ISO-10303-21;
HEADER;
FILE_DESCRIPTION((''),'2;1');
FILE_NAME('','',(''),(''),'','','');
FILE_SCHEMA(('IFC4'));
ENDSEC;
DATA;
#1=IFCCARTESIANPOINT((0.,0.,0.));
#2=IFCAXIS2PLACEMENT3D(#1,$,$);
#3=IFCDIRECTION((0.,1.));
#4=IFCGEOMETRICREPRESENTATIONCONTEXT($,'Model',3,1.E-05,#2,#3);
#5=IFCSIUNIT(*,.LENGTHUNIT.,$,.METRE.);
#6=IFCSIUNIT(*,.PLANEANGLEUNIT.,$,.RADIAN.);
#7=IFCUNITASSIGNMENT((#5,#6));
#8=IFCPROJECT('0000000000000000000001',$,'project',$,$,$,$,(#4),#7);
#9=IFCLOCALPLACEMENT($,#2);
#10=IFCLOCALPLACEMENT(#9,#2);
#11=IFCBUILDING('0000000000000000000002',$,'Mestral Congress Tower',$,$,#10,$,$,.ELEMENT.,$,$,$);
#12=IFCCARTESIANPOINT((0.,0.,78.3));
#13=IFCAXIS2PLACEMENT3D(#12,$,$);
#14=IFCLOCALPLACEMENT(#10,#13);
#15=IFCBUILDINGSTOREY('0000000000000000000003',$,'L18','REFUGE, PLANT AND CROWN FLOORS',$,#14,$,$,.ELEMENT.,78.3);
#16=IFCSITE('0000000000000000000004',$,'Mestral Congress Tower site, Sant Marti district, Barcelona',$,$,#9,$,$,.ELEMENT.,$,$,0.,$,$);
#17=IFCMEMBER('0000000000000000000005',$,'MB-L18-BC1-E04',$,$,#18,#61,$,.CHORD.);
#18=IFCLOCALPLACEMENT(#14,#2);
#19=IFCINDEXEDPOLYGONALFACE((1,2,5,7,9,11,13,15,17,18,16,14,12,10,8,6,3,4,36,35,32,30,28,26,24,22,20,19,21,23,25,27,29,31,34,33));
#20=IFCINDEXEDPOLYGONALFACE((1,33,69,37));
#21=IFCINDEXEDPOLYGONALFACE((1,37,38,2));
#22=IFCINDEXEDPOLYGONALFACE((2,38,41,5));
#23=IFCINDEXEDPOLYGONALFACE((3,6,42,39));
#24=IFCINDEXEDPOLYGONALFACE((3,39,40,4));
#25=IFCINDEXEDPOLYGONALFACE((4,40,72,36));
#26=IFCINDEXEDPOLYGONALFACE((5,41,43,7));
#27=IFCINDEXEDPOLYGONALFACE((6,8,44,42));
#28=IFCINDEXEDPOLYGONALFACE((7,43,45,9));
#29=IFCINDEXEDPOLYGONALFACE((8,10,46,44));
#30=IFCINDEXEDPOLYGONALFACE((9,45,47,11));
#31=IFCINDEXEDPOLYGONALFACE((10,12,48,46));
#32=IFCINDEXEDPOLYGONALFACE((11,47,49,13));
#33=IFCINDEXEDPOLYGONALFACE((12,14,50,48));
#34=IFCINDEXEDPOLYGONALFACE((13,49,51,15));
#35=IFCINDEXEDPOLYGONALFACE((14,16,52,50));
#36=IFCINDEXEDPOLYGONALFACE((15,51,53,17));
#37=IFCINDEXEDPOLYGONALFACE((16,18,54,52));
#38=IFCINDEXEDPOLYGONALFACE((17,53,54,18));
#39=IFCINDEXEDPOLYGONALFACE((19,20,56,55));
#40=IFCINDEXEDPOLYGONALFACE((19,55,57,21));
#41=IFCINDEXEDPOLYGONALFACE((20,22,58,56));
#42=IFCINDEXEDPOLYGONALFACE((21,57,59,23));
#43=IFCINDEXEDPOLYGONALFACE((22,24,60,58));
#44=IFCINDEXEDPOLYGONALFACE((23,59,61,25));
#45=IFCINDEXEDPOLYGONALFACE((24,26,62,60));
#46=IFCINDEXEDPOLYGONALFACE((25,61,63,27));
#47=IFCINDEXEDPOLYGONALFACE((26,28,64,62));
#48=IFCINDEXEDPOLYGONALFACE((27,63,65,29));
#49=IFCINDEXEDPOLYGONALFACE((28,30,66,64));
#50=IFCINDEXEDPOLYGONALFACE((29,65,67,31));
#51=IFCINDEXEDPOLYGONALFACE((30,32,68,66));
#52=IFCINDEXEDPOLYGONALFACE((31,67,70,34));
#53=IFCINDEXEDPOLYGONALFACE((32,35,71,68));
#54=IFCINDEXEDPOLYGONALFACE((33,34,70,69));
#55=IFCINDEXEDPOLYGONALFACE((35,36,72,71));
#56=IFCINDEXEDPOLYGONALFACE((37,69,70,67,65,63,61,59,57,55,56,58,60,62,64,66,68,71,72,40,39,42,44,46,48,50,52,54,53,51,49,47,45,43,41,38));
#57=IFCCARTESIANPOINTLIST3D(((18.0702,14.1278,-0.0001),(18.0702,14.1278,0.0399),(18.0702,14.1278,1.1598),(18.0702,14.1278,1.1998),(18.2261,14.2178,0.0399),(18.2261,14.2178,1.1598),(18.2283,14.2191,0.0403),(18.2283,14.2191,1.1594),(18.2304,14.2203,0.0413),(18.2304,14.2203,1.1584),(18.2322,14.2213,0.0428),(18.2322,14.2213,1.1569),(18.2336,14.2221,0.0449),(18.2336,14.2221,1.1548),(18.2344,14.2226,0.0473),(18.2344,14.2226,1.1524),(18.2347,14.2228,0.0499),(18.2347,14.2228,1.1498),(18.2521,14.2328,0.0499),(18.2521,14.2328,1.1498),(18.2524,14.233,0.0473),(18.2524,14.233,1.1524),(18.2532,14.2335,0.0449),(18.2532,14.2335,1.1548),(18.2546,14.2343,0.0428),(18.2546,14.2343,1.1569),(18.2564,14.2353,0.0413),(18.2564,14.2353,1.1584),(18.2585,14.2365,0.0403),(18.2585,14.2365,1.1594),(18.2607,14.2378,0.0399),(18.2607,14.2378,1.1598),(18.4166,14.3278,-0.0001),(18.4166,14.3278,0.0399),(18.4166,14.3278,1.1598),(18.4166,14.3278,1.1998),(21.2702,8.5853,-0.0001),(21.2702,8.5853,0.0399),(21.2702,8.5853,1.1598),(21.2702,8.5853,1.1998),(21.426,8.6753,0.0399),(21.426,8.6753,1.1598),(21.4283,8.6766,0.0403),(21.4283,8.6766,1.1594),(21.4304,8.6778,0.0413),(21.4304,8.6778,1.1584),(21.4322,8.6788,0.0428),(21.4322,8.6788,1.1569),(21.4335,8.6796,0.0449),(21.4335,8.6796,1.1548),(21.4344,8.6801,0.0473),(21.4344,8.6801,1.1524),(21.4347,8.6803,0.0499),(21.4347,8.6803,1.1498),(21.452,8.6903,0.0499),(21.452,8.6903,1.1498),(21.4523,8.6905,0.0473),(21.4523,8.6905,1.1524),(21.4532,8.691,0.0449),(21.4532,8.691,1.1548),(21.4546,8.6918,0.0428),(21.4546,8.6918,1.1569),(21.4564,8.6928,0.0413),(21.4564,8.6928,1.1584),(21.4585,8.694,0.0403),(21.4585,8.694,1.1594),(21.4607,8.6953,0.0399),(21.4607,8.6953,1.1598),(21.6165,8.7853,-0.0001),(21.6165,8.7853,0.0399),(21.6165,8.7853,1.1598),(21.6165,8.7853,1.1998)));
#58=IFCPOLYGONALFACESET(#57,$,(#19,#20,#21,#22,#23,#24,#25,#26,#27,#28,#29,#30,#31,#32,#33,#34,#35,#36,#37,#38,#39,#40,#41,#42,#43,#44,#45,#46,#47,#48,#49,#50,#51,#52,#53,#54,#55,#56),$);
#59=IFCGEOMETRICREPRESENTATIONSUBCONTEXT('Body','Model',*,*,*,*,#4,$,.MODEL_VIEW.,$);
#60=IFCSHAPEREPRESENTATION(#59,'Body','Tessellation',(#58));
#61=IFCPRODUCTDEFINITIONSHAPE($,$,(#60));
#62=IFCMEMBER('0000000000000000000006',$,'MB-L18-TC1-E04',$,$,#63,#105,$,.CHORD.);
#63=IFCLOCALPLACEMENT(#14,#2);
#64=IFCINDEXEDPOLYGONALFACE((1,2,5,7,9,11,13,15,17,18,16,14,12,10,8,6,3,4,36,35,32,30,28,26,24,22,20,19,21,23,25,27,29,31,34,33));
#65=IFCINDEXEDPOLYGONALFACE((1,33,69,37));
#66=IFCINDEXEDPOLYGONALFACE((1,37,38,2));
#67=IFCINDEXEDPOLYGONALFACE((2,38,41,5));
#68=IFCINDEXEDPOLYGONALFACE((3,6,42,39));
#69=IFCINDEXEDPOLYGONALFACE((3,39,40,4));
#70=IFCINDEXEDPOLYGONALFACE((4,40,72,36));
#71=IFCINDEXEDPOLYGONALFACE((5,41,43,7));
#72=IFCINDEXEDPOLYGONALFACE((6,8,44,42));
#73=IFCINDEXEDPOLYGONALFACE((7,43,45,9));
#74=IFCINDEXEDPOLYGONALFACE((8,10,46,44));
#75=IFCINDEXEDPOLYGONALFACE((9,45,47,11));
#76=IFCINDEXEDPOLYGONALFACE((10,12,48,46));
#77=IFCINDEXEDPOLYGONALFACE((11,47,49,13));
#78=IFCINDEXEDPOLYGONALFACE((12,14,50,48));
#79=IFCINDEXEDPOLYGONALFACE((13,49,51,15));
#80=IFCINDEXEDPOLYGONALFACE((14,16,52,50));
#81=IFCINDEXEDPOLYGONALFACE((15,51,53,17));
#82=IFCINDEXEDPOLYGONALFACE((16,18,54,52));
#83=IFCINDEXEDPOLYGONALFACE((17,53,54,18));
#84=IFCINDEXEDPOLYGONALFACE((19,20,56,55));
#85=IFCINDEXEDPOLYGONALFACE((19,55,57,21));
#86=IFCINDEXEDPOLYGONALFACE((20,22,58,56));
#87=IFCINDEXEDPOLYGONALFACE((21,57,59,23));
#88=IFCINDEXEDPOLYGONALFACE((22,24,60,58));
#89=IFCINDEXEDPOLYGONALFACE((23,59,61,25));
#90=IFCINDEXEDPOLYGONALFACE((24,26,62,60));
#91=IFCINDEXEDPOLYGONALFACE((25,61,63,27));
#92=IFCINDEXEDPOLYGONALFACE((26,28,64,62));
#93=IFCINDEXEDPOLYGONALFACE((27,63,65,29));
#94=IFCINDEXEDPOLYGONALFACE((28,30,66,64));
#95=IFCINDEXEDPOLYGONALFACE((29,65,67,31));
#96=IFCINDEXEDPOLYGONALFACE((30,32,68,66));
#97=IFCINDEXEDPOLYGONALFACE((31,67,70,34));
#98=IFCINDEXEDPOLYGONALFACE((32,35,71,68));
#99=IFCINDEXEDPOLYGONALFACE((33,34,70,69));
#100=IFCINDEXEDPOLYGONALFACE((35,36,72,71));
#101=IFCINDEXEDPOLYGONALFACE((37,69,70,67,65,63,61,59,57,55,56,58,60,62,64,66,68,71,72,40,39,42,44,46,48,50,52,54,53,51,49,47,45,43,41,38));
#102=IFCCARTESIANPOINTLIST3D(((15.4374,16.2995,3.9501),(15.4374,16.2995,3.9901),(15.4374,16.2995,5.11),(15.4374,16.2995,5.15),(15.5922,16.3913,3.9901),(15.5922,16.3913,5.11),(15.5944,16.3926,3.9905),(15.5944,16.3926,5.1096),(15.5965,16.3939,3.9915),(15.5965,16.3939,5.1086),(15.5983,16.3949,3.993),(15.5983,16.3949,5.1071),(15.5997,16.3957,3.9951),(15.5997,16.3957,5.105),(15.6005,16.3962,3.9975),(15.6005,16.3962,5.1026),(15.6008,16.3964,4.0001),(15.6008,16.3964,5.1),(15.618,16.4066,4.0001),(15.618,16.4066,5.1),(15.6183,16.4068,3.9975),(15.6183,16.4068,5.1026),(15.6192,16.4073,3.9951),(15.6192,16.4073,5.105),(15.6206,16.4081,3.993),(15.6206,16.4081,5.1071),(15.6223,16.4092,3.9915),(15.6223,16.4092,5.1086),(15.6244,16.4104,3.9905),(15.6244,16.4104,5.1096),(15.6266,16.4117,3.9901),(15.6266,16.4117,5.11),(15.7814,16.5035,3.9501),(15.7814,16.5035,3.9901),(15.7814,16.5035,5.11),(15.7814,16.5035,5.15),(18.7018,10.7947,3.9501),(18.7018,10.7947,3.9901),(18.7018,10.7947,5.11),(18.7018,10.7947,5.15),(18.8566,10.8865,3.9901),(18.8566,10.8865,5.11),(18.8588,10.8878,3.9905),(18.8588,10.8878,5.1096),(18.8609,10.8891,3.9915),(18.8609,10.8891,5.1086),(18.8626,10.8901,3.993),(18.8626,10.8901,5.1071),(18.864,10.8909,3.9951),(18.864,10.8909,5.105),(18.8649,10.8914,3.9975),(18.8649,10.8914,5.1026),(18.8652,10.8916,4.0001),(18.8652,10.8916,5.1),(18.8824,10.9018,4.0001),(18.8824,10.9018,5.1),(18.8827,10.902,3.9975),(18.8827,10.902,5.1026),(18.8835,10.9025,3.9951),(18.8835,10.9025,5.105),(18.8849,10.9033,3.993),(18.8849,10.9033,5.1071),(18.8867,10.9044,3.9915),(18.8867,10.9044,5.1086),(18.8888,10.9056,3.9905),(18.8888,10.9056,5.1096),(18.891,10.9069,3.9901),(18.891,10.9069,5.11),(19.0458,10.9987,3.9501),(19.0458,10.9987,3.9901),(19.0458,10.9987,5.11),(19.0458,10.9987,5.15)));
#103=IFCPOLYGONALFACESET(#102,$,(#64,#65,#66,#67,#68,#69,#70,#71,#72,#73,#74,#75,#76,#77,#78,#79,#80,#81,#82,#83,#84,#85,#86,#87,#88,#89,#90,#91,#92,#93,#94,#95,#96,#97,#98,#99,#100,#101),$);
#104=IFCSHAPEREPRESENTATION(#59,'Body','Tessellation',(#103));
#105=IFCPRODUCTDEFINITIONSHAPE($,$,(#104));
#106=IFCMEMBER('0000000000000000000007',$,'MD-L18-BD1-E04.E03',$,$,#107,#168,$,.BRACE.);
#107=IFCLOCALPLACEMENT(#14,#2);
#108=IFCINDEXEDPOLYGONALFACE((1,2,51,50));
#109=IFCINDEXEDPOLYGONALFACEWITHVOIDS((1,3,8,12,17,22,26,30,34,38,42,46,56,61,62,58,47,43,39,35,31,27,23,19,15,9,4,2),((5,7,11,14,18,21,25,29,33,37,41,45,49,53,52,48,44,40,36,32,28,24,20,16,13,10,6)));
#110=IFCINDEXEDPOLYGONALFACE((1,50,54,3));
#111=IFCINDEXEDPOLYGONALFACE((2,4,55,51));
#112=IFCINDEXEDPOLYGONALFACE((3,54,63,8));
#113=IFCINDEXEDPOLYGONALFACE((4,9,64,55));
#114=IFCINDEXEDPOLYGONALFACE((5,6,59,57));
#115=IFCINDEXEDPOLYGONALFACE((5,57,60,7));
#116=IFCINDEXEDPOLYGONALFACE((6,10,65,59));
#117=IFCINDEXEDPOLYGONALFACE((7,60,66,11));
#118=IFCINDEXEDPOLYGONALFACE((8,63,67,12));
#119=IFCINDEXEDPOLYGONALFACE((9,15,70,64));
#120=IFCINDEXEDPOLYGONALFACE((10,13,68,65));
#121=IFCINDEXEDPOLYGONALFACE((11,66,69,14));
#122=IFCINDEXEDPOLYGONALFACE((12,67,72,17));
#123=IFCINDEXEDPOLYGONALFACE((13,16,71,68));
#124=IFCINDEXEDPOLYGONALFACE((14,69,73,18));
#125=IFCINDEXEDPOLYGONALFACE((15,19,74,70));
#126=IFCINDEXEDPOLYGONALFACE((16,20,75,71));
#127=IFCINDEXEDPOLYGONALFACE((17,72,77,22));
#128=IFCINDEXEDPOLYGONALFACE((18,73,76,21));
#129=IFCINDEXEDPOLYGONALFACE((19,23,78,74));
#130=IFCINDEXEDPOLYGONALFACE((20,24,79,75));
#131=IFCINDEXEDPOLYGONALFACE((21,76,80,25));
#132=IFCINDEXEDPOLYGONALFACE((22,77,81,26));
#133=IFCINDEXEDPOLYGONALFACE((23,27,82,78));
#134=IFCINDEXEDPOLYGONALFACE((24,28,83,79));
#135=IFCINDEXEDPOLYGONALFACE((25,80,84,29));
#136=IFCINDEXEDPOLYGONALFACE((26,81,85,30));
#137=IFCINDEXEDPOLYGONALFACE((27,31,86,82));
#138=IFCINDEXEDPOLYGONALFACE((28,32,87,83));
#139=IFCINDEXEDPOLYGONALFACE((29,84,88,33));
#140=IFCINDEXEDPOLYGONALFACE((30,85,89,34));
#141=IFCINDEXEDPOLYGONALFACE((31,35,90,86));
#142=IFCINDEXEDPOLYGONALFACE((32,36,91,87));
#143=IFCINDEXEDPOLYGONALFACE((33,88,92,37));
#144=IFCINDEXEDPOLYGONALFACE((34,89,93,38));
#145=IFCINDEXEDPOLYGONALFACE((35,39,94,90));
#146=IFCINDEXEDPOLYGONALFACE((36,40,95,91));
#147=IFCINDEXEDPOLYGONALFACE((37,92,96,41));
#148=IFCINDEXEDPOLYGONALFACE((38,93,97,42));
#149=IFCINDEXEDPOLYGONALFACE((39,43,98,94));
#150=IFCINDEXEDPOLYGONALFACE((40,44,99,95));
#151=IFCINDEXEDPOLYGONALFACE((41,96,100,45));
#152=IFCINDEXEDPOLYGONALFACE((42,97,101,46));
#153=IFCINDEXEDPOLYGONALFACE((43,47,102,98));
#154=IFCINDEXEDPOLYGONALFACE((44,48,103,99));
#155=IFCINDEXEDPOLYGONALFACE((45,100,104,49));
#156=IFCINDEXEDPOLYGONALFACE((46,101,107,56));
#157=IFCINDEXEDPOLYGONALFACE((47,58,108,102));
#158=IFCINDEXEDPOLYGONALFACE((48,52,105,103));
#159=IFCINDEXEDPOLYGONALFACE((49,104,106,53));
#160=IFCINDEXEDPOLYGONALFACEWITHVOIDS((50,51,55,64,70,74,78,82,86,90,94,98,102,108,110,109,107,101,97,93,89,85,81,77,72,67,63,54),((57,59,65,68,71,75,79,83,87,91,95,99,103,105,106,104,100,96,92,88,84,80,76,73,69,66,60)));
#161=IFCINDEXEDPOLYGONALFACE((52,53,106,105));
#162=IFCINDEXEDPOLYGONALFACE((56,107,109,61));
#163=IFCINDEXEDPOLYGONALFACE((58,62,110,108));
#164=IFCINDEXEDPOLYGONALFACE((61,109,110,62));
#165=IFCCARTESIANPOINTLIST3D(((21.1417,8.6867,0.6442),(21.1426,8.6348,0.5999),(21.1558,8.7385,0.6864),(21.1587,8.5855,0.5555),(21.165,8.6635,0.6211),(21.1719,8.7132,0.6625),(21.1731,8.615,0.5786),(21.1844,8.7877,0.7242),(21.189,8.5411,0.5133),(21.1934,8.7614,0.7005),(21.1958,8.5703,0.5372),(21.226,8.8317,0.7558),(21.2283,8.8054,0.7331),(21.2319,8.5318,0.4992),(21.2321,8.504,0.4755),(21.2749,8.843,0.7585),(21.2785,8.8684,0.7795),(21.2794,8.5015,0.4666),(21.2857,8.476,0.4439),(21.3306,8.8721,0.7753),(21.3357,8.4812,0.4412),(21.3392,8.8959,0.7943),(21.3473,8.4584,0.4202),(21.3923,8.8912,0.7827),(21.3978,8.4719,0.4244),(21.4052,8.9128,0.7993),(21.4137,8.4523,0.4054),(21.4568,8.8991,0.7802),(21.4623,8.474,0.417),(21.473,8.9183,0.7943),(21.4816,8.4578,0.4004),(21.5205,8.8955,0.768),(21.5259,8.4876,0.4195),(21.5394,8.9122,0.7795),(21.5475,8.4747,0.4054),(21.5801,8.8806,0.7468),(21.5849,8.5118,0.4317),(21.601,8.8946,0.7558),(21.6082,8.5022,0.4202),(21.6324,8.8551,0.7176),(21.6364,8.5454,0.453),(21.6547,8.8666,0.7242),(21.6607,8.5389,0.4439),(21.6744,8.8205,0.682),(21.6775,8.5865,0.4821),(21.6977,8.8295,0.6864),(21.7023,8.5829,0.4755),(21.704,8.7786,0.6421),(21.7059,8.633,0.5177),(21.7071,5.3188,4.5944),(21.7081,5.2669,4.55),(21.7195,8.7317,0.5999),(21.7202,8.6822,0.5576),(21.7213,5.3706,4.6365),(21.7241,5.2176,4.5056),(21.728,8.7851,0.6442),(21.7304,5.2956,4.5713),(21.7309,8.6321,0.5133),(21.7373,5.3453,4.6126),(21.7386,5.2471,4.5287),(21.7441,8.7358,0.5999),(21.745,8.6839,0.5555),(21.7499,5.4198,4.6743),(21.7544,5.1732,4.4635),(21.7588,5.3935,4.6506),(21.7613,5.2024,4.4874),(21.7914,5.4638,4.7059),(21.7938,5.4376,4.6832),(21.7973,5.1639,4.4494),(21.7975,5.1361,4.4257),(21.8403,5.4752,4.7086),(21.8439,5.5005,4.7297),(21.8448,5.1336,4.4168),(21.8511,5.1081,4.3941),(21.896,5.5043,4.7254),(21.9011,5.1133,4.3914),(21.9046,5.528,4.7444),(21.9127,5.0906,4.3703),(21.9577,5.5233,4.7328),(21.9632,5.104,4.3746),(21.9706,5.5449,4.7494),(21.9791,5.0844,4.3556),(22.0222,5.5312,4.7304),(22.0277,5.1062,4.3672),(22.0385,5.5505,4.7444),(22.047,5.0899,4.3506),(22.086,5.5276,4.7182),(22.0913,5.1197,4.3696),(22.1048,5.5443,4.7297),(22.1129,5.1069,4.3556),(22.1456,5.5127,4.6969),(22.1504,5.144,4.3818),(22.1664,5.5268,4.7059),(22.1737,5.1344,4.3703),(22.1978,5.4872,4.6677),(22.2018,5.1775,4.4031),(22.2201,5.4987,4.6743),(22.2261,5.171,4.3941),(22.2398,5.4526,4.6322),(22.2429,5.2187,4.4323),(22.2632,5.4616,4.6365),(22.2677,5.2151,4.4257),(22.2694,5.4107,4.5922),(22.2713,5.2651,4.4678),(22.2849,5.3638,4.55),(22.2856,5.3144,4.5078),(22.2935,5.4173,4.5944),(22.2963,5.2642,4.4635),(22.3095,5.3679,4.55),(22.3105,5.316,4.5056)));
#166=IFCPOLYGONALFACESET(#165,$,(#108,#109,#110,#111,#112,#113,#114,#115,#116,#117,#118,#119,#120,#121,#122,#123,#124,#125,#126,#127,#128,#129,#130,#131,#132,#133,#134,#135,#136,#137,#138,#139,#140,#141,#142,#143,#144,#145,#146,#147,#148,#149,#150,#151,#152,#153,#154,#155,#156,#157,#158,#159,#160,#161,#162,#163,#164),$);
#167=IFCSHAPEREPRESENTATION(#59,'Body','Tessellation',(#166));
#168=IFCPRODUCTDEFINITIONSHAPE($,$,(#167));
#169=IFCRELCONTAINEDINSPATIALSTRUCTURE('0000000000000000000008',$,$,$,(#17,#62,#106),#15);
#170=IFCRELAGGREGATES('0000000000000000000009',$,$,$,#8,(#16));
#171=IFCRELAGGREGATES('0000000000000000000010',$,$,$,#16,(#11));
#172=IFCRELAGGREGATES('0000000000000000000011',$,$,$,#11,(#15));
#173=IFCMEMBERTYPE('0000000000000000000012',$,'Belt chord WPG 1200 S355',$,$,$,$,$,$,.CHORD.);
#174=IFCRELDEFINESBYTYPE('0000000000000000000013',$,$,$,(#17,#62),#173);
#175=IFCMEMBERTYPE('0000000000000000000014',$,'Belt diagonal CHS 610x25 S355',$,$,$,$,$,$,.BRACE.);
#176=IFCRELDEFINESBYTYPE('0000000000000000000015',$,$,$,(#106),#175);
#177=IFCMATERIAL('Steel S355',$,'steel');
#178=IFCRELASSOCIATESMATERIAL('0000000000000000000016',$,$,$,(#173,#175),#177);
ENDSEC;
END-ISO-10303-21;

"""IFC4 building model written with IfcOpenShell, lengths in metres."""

from ifc_helpers import new_model, si_unit, direction, frame, origin, origin_2d, place, context, subcontext, project, spatial, hollow_circle, i_section, extrude, material, material_profile, profile_set, type_object, element, save


model = new_model("IFC4")

# Units and contexts
model_context = context("Model", 3, precision=1e-05, world=origin(), true_north=direction((0.0, 1.0)))
body_context = subcontext(model_context, "Body", "Model", "MODEL_VIEW")
ifc_project = project(units=[si_unit("LENGTHUNIT", "METRE"), si_unit("PLANEANGLEUNIT", "RADIAN")], contexts=[model_context])

# Site, building, storey
site_placement = place(None, origin())
site = spatial("IfcSite", under=ifc_project, at=site_placement, Name="Mestral Congress Tower site, Sant Marti district, Barcelona", CompositionType="ELEMENT", RefElevation=0.0)
building_placement = place(site_placement, origin())
building = spatial("IfcBuilding", under=site, at=building_placement, Name="Mestral Congress Tower", CompositionType="ELEMENT")
storey_placement = place(building_placement, frame((0.0, 0.0, 78.3)))
storey = spatial("IfcBuildingStorey", under=building, at=storey_placement, Name="L18", Description="REFUGE, PLANT AND CROWN FLOORS", CompositionType="ELEMENT", Elevation=78.3)

# Members
ifc_material_1 = material(Name="Steel S355", Category="steel")
ifc_material_profile_1 = material_profile(ifc_material_1, i_section(OverallWidth=0.3999, OverallDepth=1.2, WebThickness=0.02, FlangeThickness=0.04, FilletRadius=0.01, at=origin_2d()), Name="WPG 1200")
ifc_profile_set_1 = profile_set([ifc_material_profile_1], Name="Steel S355")
member_type_1 = type_object("IfcMemberType", Name="Belt chord WPG 1200 S355", PredefinedType="CHORD", material=ifc_profile_set_1)
for number, where, z_axis, x_axis, name in (
    (1, (21.4434, 8.6853, 0.5999), (-0.5, 0.866025, 0.0), (-0.866025, -0.5, 0.0), "MB-L18-BC1-E04"),
    (2, (18.8738, 10.8967, 4.55), (-0.510063, 0.860137, 0.0), (-0.860137, -0.510063, 0.0), "MB-L18-TC1-E04"),
):
    element("IfcMember", number, at=place(storey_placement, frame(where, z_axis=z_axis, x_axis=x_axis)), inside=storey, type_object=member_type_1, Name=name, PredefinedType="CHORD", context=body_context, shape_type="SweptSolid", body=[
        extrude(i_section(OverallWidth=0.3999, OverallDepth=1.2, WebThickness=0.02, FlangeThickness=0.04, FilletRadius=0.01, at=origin_2d()), origin(), (0.0, 0.0, 1.0), 6.3999),
    ])
ifc_material_profile_2 = material_profile(ifc_material_1, hollow_circle(Radius=0.3049, WallThickness=0.0249, at=origin_2d()), Name="CHS 610x25")
ifc_profile_set_2 = profile_set([ifc_material_profile_2], Name="Steel S355")
member_type_2 = type_object("IfcMemberType", Name="Belt diagonal CHS 610x25 S355", PredefinedType="BRACE", material=ifc_profile_set_2)
member_1_placement = place(storey_placement, frame((21.4434, 8.6853, 0.5999), z_axis=(0.108284, -0.64498, 0.756489), x_axis=(0.986198, 0.16557, 0.0)))
element("IfcMember", 3, at=member_1_placement, inside=storey, type_object=member_type_2, Name="MD-L18-BD1-E04.E03", PredefinedType="BRACE", context=body_context, shape_type="SweptSolid", body=[
    extrude(hollow_circle(Radius=0.3049, WallThickness=0.0249, at=origin_2d()), origin(), (0.0, 0.0, 1.0), 5.2217),
])

save(model, "model.ifc")
